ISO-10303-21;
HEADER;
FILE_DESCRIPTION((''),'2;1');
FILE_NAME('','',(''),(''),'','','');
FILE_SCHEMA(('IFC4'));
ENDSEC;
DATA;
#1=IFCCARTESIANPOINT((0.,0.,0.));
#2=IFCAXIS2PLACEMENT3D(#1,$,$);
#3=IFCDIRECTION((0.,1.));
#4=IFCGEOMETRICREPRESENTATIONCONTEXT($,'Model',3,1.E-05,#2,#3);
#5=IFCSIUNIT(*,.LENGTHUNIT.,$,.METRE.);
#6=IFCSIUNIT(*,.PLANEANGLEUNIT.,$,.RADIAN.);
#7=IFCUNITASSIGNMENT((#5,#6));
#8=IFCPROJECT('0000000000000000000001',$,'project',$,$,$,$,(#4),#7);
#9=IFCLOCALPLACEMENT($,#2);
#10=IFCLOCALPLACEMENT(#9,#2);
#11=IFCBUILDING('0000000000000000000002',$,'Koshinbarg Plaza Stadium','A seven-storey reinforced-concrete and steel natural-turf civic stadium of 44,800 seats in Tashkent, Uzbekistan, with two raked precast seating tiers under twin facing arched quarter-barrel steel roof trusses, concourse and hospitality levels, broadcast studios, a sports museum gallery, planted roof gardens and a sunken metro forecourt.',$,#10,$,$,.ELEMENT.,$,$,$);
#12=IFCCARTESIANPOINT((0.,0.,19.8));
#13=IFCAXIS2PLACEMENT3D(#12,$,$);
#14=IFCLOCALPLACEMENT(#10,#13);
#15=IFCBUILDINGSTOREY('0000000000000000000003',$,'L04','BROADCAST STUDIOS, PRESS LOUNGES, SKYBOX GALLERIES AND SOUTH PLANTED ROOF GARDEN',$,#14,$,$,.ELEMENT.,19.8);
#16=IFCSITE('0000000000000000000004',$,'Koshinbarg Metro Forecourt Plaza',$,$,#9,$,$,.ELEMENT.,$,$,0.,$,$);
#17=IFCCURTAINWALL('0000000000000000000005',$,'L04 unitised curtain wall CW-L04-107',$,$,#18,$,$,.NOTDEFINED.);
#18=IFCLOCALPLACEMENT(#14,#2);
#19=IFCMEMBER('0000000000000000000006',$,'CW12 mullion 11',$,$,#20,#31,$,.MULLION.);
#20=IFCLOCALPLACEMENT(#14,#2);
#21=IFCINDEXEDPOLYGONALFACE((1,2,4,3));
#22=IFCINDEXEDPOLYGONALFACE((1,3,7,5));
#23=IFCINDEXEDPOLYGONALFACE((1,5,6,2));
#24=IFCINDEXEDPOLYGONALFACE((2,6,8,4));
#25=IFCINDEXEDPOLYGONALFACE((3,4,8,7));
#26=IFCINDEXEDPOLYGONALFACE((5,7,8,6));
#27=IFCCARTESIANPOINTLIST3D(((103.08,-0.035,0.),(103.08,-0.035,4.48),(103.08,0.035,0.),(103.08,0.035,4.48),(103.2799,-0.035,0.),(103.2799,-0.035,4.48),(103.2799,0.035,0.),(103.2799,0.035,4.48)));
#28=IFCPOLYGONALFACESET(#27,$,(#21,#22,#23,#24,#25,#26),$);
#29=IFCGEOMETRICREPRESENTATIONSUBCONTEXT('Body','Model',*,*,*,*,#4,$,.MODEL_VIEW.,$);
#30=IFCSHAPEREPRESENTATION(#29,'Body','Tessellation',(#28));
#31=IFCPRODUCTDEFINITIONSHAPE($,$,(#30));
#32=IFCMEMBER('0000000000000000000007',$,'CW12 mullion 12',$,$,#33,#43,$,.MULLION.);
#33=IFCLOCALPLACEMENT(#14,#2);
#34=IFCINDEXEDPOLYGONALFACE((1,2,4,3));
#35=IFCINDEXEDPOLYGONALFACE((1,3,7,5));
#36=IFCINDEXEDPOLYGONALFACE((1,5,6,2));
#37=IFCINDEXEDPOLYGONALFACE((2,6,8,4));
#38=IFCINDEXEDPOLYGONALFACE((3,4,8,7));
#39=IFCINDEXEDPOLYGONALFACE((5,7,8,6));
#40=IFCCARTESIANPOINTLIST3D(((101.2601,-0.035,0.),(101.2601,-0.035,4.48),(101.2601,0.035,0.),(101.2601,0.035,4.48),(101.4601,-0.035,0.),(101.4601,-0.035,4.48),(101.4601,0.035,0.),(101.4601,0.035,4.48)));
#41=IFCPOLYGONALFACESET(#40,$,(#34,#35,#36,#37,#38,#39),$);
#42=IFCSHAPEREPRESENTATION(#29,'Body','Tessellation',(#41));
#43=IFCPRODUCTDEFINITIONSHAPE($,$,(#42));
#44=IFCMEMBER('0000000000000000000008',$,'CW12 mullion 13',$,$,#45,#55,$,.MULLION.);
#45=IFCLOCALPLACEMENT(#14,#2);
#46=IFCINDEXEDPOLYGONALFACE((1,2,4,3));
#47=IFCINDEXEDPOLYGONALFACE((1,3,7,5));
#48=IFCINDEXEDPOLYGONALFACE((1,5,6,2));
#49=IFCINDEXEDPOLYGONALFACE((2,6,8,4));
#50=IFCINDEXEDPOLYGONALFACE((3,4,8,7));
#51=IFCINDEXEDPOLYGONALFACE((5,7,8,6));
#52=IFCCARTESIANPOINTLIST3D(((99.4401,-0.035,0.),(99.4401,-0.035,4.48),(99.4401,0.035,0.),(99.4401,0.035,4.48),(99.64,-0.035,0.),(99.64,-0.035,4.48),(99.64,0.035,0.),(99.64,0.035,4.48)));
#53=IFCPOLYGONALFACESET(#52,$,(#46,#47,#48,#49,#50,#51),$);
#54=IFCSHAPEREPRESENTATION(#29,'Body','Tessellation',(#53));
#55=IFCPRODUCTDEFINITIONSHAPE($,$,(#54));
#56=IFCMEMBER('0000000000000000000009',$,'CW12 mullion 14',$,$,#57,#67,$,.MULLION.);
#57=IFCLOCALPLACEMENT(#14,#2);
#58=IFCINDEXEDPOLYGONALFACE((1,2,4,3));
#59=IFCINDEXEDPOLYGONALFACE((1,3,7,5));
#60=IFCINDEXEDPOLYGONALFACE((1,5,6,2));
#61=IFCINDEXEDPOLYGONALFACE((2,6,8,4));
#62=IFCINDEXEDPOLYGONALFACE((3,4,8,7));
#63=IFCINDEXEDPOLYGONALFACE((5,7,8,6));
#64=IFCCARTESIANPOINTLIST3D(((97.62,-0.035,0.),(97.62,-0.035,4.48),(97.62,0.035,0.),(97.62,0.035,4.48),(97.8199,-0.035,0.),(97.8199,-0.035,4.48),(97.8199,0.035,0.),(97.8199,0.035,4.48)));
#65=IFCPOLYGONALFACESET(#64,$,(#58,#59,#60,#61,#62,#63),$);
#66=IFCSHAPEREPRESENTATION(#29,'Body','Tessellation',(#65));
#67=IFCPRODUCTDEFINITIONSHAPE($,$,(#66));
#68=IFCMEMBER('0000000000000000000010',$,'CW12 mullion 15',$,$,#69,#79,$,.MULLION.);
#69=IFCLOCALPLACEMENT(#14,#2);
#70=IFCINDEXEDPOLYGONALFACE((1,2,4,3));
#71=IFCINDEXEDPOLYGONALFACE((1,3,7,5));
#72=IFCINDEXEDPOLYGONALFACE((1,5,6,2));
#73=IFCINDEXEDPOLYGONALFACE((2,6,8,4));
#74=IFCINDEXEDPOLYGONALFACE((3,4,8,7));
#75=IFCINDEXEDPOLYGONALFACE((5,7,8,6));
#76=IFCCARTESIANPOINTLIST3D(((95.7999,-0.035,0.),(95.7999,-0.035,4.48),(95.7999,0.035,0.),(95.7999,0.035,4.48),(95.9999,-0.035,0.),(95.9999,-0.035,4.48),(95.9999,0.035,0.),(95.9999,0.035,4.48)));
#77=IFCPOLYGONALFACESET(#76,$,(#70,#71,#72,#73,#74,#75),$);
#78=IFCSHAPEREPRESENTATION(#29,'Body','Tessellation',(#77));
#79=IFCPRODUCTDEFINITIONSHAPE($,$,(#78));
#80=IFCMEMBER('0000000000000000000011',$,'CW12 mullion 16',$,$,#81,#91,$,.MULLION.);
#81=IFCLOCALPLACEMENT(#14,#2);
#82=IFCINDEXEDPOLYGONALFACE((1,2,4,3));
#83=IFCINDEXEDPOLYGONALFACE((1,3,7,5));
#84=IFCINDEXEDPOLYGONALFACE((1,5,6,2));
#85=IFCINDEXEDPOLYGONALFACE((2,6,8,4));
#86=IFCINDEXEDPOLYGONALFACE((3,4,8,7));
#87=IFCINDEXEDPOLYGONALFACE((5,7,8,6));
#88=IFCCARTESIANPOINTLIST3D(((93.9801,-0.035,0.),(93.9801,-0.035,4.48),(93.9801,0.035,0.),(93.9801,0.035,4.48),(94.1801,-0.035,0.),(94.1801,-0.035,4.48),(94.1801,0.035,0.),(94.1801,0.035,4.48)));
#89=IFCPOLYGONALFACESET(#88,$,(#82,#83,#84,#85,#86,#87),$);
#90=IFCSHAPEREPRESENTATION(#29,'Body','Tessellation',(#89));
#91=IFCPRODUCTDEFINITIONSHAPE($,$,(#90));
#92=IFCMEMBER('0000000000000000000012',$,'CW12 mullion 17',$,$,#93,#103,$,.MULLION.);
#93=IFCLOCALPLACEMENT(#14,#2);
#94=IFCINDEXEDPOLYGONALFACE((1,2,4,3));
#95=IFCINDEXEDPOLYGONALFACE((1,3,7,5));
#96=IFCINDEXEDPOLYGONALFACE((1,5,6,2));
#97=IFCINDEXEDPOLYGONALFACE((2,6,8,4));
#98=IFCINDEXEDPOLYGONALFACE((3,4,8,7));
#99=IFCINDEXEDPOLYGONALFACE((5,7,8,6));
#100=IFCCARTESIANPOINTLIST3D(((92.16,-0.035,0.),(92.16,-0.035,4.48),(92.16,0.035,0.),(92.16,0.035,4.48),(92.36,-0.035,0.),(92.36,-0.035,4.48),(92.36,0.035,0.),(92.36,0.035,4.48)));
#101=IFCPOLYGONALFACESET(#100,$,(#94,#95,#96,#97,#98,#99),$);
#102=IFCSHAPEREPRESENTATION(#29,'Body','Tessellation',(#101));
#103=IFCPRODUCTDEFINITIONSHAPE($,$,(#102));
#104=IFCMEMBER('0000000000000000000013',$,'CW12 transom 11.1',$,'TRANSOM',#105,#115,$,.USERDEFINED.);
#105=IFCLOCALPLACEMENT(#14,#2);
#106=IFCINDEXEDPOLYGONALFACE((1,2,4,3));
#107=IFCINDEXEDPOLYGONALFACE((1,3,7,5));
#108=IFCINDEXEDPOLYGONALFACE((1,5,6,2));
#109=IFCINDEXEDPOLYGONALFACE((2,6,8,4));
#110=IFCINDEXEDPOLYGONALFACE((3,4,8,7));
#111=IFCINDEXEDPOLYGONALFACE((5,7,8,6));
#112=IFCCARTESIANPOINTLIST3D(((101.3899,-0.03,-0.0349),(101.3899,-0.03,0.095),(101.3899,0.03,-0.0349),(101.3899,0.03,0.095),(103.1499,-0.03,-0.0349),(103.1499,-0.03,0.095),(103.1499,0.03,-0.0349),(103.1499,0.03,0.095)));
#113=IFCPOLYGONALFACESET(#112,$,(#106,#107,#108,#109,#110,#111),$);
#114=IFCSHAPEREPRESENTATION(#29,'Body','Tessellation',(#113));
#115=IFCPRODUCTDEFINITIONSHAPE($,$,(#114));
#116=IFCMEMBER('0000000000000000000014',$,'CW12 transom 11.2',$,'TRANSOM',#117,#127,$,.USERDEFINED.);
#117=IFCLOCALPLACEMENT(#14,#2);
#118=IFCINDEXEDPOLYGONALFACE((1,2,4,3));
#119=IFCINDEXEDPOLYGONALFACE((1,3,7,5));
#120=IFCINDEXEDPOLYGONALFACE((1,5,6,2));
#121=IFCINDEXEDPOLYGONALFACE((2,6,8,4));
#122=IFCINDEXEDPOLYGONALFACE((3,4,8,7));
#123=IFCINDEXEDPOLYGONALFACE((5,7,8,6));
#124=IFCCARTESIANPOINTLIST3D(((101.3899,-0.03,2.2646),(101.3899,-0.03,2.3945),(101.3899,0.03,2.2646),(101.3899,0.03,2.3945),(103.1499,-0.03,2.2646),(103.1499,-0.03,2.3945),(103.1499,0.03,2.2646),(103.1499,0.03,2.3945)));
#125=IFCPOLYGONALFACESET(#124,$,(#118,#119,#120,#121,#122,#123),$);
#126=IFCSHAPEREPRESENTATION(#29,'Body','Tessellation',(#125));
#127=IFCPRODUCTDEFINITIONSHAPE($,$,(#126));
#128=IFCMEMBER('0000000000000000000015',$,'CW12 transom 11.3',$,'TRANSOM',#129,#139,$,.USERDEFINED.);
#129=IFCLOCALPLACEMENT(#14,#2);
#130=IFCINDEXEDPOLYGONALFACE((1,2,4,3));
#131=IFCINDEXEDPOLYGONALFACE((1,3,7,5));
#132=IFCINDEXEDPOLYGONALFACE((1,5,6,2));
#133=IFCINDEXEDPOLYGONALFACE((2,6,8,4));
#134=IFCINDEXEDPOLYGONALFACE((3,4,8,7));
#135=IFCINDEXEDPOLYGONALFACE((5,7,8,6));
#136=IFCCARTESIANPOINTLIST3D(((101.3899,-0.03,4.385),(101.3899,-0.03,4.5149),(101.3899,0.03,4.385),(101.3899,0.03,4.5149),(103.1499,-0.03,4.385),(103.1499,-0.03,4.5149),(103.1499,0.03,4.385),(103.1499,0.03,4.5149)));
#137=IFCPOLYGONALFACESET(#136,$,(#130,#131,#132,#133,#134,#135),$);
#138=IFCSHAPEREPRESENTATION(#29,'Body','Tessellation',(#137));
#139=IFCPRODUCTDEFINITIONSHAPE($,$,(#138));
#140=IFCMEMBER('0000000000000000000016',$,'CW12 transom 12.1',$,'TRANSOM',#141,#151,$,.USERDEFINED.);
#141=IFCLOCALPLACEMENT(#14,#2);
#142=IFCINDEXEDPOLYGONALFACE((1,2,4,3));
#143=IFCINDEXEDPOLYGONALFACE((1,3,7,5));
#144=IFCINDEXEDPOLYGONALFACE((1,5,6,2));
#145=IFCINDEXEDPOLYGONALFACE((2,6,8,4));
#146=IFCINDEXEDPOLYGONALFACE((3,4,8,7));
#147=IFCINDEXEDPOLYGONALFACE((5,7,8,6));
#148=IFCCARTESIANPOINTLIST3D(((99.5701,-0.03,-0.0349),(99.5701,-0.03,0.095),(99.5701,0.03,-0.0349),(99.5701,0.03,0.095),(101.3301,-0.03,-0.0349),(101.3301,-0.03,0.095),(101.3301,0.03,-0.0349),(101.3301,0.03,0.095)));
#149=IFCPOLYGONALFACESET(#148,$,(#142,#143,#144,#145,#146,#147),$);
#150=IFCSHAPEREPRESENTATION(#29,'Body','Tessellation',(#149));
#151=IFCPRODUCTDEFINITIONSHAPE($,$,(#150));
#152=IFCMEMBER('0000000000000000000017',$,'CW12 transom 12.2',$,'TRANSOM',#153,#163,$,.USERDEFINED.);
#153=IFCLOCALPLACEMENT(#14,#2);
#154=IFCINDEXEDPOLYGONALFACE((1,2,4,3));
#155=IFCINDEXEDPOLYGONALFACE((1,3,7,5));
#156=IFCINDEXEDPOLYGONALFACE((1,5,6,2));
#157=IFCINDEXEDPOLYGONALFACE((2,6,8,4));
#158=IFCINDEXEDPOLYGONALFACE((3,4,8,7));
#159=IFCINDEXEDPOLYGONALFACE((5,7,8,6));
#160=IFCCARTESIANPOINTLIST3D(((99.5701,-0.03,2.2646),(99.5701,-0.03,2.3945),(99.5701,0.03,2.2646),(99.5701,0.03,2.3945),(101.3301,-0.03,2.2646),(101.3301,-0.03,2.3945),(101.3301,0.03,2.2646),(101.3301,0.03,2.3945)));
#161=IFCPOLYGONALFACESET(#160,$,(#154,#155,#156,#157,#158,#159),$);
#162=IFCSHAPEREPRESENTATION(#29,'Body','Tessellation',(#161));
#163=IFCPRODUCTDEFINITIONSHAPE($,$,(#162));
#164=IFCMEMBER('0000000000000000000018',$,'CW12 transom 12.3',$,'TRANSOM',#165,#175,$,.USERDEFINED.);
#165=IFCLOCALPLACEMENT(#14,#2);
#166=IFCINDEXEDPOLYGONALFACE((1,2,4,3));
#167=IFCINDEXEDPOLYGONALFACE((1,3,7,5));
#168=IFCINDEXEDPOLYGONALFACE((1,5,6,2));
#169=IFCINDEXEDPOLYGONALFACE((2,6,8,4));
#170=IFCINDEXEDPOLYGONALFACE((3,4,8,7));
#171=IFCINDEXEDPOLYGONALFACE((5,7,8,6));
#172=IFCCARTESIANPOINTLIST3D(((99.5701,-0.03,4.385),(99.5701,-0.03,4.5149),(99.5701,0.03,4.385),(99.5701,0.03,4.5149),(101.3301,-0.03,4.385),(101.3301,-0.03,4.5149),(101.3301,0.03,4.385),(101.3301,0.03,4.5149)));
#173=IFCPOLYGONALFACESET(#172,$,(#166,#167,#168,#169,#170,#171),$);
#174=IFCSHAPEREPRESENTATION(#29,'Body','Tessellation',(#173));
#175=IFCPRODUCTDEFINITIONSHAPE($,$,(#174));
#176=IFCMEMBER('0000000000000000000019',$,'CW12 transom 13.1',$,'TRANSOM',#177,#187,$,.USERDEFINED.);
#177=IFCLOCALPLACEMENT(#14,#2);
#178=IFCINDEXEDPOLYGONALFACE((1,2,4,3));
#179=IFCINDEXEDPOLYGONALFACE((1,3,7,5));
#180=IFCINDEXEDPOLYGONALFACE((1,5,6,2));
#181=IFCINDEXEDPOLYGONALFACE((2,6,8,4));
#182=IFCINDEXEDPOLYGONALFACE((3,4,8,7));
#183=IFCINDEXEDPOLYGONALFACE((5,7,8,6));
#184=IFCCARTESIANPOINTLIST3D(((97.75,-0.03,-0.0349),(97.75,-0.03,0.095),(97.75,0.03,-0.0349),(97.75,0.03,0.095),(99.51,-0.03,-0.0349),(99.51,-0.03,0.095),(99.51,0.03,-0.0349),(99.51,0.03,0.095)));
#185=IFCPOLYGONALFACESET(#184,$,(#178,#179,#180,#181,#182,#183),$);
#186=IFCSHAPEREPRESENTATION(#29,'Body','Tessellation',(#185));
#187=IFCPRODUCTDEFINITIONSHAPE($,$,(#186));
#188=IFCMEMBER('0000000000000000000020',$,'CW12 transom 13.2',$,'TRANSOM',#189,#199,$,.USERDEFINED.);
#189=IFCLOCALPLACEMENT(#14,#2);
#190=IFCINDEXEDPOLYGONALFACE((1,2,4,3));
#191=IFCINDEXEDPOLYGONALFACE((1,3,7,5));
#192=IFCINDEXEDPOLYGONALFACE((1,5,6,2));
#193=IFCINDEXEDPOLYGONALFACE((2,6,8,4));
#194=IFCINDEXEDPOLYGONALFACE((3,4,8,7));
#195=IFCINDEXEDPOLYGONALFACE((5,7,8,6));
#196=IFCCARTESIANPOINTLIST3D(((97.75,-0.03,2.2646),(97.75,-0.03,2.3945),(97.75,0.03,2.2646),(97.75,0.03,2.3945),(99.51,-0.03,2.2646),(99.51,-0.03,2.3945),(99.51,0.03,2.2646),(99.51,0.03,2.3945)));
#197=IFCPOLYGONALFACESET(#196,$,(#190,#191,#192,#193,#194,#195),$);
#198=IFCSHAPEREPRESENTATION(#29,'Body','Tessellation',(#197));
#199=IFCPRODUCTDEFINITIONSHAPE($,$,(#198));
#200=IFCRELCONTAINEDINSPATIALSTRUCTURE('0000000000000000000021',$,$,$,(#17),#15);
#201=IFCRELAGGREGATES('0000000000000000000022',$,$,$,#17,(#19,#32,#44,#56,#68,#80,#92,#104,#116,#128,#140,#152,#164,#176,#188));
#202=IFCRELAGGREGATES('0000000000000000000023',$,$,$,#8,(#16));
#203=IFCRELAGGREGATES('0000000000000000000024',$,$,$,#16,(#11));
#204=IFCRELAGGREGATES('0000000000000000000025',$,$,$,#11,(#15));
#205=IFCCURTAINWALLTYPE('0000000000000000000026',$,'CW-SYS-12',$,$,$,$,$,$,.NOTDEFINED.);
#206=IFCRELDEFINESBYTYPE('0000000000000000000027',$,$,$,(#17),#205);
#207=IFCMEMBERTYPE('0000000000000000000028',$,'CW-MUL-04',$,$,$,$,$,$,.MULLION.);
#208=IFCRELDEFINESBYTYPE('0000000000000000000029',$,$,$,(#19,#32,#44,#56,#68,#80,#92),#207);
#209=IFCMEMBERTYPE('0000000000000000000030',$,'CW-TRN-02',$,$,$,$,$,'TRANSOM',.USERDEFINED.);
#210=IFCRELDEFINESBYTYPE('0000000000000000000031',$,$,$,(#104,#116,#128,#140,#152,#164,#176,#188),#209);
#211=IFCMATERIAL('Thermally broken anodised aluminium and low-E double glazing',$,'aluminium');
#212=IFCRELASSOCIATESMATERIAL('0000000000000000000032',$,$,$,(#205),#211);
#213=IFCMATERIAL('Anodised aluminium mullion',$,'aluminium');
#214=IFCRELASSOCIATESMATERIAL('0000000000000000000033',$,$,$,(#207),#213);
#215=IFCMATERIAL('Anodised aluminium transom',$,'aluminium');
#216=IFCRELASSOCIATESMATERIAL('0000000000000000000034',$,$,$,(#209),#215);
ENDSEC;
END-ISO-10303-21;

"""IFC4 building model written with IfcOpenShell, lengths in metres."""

from ifc_helpers import new_model, si_unit, direction, frame, origin, origin_2d, place, context, subcontext, project, spatial, rectangle, extrude, material, material_profile, profile_set, type_object, element, aggregate, save


model = new_model("IFC4")

# Units and contexts
model_context = context("Model", 3, precision=1e-05, world=origin(), true_north=direction((0.0, 1.0)))
body_context = subcontext(model_context, "Body", "Model", "MODEL_VIEW")
ifc_project = project(units=[si_unit("LENGTHUNIT", "METRE"), si_unit("PLANEANGLEUNIT", "RADIAN")], contexts=[model_context])

# Site, building, storey
site_placement = place(None, origin())
site = spatial("IfcSite", under=ifc_project, at=site_placement, Name="Koshinbarg Metro Forecourt Plaza", CompositionType="ELEMENT", RefElevation=0.0)
building_placement = place(site_placement, origin())
building = spatial("IfcBuilding", under=site, at=building_placement, Name="Koshinbarg Plaza Stadium", Description="A seven-storey reinforced-concrete and steel natural-turf civic stadium of 44,800 seats in Tashkent, Uzbekistan, with two raked precast seating tiers under twin facing arched quarter-barrel steel roof trusses, concourse and hospitality levels, broadcast studios, a sports museum gallery, planted roof gardens and a sunken metro forecourt.", CompositionType="ELEMENT")
storey_placement = place(building_placement, frame((0.0, 0.0, 19.8)))
storey = spatial("IfcBuildingStorey", under=building, at=storey_placement, Name="L04", Description="BROADCAST STUDIOS, PRESS LOUNGES, SKYBOX GALLERIES AND SOUTH PLANTED ROOF GARDEN", CompositionType="ELEMENT", Elevation=19.8)

# Curtain wall, members
ifc_material_1 = material(Name="Thermally broken anodised aluminium and low-E double glazing", Category="aluminium")
curtain_wall_type = type_object("IfcCurtainWallType", Name="CW-SYS-12", PredefinedType="NOTDEFINED", material=ifc_material_1)
curtain_wall_placement = place(storey_placement, origin())
curtain_wall = element("IfcCurtainWall", 1, at=curtain_wall_placement, inside=storey, type_object=curtain_wall_type, Name="L04 unitised curtain wall CW-L04-107", PredefinedType="NOTDEFINED")
ifc_material_2 = material(Name="Anodised aluminium mullion", Category="aluminium")
ifc_material_profile_1 = material_profile(ifc_material_2, rectangle(XDim=0.0701, YDim=0.2, at=origin_2d()), Name="ALU 70x200")
ifc_profile_set_1 = profile_set([ifc_material_profile_1], Name="Anodised aluminium mullion")
member_type_1 = type_object("IfcMemberType", Name="CW-MUL-04", PredefinedType="MULLION", material=ifc_profile_set_1)
member_1_placement = place(storey_placement, frame((103.1799, 0.0, 0.0), z_axis=(0.0, 0.0, 1.0), x_axis=(0.0, -1.0, 0.0)))
member_1 = element("IfcMember", 2, at=member_1_placement, type_object=member_type_1, Name="CW12 mullion 11", PredefinedType="MULLION", context=body_context, shape_type="SweptSolid", body=[
    extrude(rectangle(XDim=0.0701, YDim=0.2, at=origin_2d()), origin(), (0.0, 0.0, 1.0), 4.48),
])
member_2_placement = place(storey_placement, frame((101.3601, 0.0, 0.0), z_axis=(0.0, 0.0, 1.0), x_axis=(0.0, -1.0, 0.0)))
member_2 = element("IfcMember", 3, at=member_2_placement, type_object=member_type_1, Name="CW12 mullion 12", PredefinedType="MULLION", context=body_context, shape_type="SweptSolid", body=[
    extrude(rectangle(XDim=0.0701, YDim=0.2, at=origin_2d()), origin(), (0.0, 0.0, 1.0), 4.48),
])
member_3_placement = place(storey_placement, frame((99.54, 0.0, 0.0), z_axis=(0.0, 0.0, 1.0), x_axis=(0.0, -1.0, 0.0)))
member_3 = element("IfcMember", 4, at=member_3_placement, type_object=member_type_1, Name="CW12 mullion 13", PredefinedType="MULLION", context=body_context, shape_type="SweptSolid", body=[
    extrude(rectangle(XDim=0.0701, YDim=0.2, at=origin_2d()), origin(), (0.0, 0.0, 1.0), 4.48),
])
member_4_placement = place(storey_placement, frame((97.72, 0.0, 0.0), z_axis=(0.0, 0.0, 1.0), x_axis=(0.0, -1.0, 0.0)))
member_4 = element("IfcMember", 5, at=member_4_placement, type_object=member_type_1, Name="CW12 mullion 14", PredefinedType="MULLION", context=body_context, shape_type="SweptSolid", body=[
    extrude(rectangle(XDim=0.0701, YDim=0.2, at=origin_2d()), origin(), (0.0, 0.0, 1.0), 4.48),
])
member_5_placement = place(storey_placement, frame((95.8999, 0.0, 0.0), z_axis=(0.0, 0.0, 1.0), x_axis=(0.0, -1.0, 0.0)))
member_5 = element("IfcMember", 6, at=member_5_placement, type_object=member_type_1, Name="CW12 mullion 15", PredefinedType="MULLION", context=body_context, shape_type="SweptSolid", body=[
    extrude(rectangle(XDim=0.0701, YDim=0.2, at=origin_2d()), origin(), (0.0, 0.0, 1.0), 4.48),
])
member_6_placement = place(storey_placement, frame((94.0801, 0.0, 0.0), z_axis=(0.0, 0.0, 1.0), x_axis=(0.0, -1.0, 0.0)))
member_6 = element("IfcMember", 7, at=member_6_placement, type_object=member_type_1, Name="CW12 mullion 16", PredefinedType="MULLION", context=body_context, shape_type="SweptSolid", body=[
    extrude(rectangle(XDim=0.0701, YDim=0.2, at=origin_2d()), origin(), (0.0, 0.0, 1.0), 4.48),
])
member_7_placement = place(storey_placement, frame((92.26, 0.0, 0.0), z_axis=(0.0, 0.0, 1.0), x_axis=(0.0, -1.0, 0.0)))
member_7 = element("IfcMember", 8, at=member_7_placement, type_object=member_type_1, Name="CW12 mullion 17", PredefinedType="MULLION", context=body_context, shape_type="SweptSolid", body=[
    extrude(rectangle(XDim=0.0701, YDim=0.2, at=origin_2d()), origin(), (0.0, 0.0, 1.0), 4.48),
])
ifc_material_3 = material(Name="Anodised aluminium transom", Category="aluminium")
ifc_material_profile_2 = material_profile(ifc_material_3, rectangle(XDim=0.0601, YDim=0.1299, at=origin_2d()), Name="ALU 60x130")
ifc_profile_set_2 = profile_set([ifc_material_profile_2], Name="Anodised aluminium transom")
member_type_2 = type_object("IfcMemberType", Name="CW-TRN-02", ElementType="TRANSOM", PredefinedType="USERDEFINED", material=ifc_profile_set_2)
member_8_placement = place(storey_placement, frame((103.1499, 0.0, 0.03), z_axis=(-1.0, 0.0, 0.0), x_axis=(0.0, -1.0, 0.0)))
member_8 = element("IfcMember", 9, at=member_8_placement, type_object=member_type_2, Name="CW12 transom 11.1", ObjectType="TRANSOM", PredefinedType="USERDEFINED", context=body_context, shape_type="SweptSolid", body=[
    extrude(rectangle(XDim=0.0601, YDim=0.1299, at=origin_2d()), origin(), (0.0, 0.0, 1.0), 1.76),
])
member_9_placement = place(storey_placement, frame((103.1499, 0.0, 2.3296), z_axis=(-1.0, 0.0, 0.0), x_axis=(0.0, -1.0, 0.0)))
member_9 = element("IfcMember", 10, at=member_9_placement, type_object=member_type_2, Name="CW12 transom 11.2", ObjectType="TRANSOM", PredefinedType="USERDEFINED", context=body_context, shape_type="SweptSolid", body=[
    extrude(rectangle(XDim=0.0601, YDim=0.1299, at=origin_2d()), origin(), (0.0, 0.0, 1.0), 1.76),
])
member_10_placement = place(storey_placement, frame((103.1499, 0.0, 4.45), z_axis=(-1.0, 0.0, 0.0), x_axis=(0.0, -1.0, 0.0)))
member_10 = element("IfcMember", 11, at=member_10_placement, type_object=member_type_2, Name="CW12 transom 11.3", ObjectType="TRANSOM", PredefinedType="USERDEFINED", context=body_context, shape_type="SweptSolid", body=[
    extrude(rectangle(XDim=0.0601, YDim=0.1299, at=origin_2d()), origin(), (0.0, 0.0, 1.0), 1.76),
])
member_11_placement = place(storey_placement, frame((101.3301, 0.0, 0.03), z_axis=(-1.0, 0.0, 0.0), x_axis=(0.0, -1.0, 0.0)))
member_11 = element("IfcMember", 12, at=member_11_placement, type_object=member_type_2, Name="CW12 transom 12.1", ObjectType="TRANSOM", PredefinedType="USERDEFINED", context=body_context, shape_type="SweptSolid", body=[
    extrude(rectangle(XDim=0.0601, YDim=0.1299, at=origin_2d()), origin(), (0.0, 0.0, 1.0), 1.76),
])
member_12_placement = place(storey_placement, frame((101.3301, 0.0, 2.3296), z_axis=(-1.0, 0.0, 0.0), x_axis=(0.0, -1.0, 0.0)))
member_12 = element("IfcMember", 13, at=member_12_placement, type_object=member_type_2, Name="CW12 transom 12.2", ObjectType="TRANSOM", PredefinedType="USERDEFINED", context=body_context, shape_type="SweptSolid", body=[
    extrude(rectangle(XDim=0.0601, YDim=0.1299, at=origin_2d()), origin(), (0.0, 0.0, 1.0), 1.76),
])
member_13_placement = place(storey_placement, frame((101.3301, 0.0, 4.45), z_axis=(-1.0, 0.0, 0.0), x_axis=(0.0, -1.0, 0.0)))
member_13 = element("IfcMember", 14, at=member_13_placement, type_object=member_type_2, Name="CW12 transom 12.3", ObjectType="TRANSOM", PredefinedType="USERDEFINED", context=body_context, shape_type="SweptSolid", body=[
    extrude(rectangle(XDim=0.0601, YDim=0.1299, at=origin_2d()), origin(), (0.0, 0.0, 1.0), 1.76),
])
member_14_placement = place(storey_placement, frame((99.51, 0.0, 0.03), z_axis=(-1.0, 0.0, 0.0), x_axis=(0.0, -1.0, 0.0)))
member_14 = element("IfcMember", 15, at=member_14_placement, type_object=member_type_2, Name="CW12 transom 13.1", ObjectType="TRANSOM", PredefinedType="USERDEFINED", context=body_context, shape_type="SweptSolid", body=[
    extrude(rectangle(XDim=0.0601, YDim=0.1299, at=origin_2d()), origin(), (0.0, 0.0, 1.0), 1.76),
])
member_15_placement = place(storey_placement, frame((99.51, 0.0, 2.3296), z_axis=(-1.0, 0.0, 0.0), x_axis=(0.0, -1.0, 0.0)))
member_15 = element("IfcMember", 16, at=member_15_placement, type_object=member_type_2, Name="CW12 transom 13.2", ObjectType="TRANSOM", PredefinedType="USERDEFINED", context=body_context, shape_type="SweptSolid", body=[
    extrude(rectangle(XDim=0.0601, YDim=0.1299, at=origin_2d()), origin(), (0.0, 0.0, 1.0), 1.76),
])
aggregate(curtain_wall, [member_1, member_2, member_3, member_4, member_5, member_6, member_7, member_8, member_9, member_10, member_11, member_12, member_13, member_14, member_15])

save(model, "model.ifc")
